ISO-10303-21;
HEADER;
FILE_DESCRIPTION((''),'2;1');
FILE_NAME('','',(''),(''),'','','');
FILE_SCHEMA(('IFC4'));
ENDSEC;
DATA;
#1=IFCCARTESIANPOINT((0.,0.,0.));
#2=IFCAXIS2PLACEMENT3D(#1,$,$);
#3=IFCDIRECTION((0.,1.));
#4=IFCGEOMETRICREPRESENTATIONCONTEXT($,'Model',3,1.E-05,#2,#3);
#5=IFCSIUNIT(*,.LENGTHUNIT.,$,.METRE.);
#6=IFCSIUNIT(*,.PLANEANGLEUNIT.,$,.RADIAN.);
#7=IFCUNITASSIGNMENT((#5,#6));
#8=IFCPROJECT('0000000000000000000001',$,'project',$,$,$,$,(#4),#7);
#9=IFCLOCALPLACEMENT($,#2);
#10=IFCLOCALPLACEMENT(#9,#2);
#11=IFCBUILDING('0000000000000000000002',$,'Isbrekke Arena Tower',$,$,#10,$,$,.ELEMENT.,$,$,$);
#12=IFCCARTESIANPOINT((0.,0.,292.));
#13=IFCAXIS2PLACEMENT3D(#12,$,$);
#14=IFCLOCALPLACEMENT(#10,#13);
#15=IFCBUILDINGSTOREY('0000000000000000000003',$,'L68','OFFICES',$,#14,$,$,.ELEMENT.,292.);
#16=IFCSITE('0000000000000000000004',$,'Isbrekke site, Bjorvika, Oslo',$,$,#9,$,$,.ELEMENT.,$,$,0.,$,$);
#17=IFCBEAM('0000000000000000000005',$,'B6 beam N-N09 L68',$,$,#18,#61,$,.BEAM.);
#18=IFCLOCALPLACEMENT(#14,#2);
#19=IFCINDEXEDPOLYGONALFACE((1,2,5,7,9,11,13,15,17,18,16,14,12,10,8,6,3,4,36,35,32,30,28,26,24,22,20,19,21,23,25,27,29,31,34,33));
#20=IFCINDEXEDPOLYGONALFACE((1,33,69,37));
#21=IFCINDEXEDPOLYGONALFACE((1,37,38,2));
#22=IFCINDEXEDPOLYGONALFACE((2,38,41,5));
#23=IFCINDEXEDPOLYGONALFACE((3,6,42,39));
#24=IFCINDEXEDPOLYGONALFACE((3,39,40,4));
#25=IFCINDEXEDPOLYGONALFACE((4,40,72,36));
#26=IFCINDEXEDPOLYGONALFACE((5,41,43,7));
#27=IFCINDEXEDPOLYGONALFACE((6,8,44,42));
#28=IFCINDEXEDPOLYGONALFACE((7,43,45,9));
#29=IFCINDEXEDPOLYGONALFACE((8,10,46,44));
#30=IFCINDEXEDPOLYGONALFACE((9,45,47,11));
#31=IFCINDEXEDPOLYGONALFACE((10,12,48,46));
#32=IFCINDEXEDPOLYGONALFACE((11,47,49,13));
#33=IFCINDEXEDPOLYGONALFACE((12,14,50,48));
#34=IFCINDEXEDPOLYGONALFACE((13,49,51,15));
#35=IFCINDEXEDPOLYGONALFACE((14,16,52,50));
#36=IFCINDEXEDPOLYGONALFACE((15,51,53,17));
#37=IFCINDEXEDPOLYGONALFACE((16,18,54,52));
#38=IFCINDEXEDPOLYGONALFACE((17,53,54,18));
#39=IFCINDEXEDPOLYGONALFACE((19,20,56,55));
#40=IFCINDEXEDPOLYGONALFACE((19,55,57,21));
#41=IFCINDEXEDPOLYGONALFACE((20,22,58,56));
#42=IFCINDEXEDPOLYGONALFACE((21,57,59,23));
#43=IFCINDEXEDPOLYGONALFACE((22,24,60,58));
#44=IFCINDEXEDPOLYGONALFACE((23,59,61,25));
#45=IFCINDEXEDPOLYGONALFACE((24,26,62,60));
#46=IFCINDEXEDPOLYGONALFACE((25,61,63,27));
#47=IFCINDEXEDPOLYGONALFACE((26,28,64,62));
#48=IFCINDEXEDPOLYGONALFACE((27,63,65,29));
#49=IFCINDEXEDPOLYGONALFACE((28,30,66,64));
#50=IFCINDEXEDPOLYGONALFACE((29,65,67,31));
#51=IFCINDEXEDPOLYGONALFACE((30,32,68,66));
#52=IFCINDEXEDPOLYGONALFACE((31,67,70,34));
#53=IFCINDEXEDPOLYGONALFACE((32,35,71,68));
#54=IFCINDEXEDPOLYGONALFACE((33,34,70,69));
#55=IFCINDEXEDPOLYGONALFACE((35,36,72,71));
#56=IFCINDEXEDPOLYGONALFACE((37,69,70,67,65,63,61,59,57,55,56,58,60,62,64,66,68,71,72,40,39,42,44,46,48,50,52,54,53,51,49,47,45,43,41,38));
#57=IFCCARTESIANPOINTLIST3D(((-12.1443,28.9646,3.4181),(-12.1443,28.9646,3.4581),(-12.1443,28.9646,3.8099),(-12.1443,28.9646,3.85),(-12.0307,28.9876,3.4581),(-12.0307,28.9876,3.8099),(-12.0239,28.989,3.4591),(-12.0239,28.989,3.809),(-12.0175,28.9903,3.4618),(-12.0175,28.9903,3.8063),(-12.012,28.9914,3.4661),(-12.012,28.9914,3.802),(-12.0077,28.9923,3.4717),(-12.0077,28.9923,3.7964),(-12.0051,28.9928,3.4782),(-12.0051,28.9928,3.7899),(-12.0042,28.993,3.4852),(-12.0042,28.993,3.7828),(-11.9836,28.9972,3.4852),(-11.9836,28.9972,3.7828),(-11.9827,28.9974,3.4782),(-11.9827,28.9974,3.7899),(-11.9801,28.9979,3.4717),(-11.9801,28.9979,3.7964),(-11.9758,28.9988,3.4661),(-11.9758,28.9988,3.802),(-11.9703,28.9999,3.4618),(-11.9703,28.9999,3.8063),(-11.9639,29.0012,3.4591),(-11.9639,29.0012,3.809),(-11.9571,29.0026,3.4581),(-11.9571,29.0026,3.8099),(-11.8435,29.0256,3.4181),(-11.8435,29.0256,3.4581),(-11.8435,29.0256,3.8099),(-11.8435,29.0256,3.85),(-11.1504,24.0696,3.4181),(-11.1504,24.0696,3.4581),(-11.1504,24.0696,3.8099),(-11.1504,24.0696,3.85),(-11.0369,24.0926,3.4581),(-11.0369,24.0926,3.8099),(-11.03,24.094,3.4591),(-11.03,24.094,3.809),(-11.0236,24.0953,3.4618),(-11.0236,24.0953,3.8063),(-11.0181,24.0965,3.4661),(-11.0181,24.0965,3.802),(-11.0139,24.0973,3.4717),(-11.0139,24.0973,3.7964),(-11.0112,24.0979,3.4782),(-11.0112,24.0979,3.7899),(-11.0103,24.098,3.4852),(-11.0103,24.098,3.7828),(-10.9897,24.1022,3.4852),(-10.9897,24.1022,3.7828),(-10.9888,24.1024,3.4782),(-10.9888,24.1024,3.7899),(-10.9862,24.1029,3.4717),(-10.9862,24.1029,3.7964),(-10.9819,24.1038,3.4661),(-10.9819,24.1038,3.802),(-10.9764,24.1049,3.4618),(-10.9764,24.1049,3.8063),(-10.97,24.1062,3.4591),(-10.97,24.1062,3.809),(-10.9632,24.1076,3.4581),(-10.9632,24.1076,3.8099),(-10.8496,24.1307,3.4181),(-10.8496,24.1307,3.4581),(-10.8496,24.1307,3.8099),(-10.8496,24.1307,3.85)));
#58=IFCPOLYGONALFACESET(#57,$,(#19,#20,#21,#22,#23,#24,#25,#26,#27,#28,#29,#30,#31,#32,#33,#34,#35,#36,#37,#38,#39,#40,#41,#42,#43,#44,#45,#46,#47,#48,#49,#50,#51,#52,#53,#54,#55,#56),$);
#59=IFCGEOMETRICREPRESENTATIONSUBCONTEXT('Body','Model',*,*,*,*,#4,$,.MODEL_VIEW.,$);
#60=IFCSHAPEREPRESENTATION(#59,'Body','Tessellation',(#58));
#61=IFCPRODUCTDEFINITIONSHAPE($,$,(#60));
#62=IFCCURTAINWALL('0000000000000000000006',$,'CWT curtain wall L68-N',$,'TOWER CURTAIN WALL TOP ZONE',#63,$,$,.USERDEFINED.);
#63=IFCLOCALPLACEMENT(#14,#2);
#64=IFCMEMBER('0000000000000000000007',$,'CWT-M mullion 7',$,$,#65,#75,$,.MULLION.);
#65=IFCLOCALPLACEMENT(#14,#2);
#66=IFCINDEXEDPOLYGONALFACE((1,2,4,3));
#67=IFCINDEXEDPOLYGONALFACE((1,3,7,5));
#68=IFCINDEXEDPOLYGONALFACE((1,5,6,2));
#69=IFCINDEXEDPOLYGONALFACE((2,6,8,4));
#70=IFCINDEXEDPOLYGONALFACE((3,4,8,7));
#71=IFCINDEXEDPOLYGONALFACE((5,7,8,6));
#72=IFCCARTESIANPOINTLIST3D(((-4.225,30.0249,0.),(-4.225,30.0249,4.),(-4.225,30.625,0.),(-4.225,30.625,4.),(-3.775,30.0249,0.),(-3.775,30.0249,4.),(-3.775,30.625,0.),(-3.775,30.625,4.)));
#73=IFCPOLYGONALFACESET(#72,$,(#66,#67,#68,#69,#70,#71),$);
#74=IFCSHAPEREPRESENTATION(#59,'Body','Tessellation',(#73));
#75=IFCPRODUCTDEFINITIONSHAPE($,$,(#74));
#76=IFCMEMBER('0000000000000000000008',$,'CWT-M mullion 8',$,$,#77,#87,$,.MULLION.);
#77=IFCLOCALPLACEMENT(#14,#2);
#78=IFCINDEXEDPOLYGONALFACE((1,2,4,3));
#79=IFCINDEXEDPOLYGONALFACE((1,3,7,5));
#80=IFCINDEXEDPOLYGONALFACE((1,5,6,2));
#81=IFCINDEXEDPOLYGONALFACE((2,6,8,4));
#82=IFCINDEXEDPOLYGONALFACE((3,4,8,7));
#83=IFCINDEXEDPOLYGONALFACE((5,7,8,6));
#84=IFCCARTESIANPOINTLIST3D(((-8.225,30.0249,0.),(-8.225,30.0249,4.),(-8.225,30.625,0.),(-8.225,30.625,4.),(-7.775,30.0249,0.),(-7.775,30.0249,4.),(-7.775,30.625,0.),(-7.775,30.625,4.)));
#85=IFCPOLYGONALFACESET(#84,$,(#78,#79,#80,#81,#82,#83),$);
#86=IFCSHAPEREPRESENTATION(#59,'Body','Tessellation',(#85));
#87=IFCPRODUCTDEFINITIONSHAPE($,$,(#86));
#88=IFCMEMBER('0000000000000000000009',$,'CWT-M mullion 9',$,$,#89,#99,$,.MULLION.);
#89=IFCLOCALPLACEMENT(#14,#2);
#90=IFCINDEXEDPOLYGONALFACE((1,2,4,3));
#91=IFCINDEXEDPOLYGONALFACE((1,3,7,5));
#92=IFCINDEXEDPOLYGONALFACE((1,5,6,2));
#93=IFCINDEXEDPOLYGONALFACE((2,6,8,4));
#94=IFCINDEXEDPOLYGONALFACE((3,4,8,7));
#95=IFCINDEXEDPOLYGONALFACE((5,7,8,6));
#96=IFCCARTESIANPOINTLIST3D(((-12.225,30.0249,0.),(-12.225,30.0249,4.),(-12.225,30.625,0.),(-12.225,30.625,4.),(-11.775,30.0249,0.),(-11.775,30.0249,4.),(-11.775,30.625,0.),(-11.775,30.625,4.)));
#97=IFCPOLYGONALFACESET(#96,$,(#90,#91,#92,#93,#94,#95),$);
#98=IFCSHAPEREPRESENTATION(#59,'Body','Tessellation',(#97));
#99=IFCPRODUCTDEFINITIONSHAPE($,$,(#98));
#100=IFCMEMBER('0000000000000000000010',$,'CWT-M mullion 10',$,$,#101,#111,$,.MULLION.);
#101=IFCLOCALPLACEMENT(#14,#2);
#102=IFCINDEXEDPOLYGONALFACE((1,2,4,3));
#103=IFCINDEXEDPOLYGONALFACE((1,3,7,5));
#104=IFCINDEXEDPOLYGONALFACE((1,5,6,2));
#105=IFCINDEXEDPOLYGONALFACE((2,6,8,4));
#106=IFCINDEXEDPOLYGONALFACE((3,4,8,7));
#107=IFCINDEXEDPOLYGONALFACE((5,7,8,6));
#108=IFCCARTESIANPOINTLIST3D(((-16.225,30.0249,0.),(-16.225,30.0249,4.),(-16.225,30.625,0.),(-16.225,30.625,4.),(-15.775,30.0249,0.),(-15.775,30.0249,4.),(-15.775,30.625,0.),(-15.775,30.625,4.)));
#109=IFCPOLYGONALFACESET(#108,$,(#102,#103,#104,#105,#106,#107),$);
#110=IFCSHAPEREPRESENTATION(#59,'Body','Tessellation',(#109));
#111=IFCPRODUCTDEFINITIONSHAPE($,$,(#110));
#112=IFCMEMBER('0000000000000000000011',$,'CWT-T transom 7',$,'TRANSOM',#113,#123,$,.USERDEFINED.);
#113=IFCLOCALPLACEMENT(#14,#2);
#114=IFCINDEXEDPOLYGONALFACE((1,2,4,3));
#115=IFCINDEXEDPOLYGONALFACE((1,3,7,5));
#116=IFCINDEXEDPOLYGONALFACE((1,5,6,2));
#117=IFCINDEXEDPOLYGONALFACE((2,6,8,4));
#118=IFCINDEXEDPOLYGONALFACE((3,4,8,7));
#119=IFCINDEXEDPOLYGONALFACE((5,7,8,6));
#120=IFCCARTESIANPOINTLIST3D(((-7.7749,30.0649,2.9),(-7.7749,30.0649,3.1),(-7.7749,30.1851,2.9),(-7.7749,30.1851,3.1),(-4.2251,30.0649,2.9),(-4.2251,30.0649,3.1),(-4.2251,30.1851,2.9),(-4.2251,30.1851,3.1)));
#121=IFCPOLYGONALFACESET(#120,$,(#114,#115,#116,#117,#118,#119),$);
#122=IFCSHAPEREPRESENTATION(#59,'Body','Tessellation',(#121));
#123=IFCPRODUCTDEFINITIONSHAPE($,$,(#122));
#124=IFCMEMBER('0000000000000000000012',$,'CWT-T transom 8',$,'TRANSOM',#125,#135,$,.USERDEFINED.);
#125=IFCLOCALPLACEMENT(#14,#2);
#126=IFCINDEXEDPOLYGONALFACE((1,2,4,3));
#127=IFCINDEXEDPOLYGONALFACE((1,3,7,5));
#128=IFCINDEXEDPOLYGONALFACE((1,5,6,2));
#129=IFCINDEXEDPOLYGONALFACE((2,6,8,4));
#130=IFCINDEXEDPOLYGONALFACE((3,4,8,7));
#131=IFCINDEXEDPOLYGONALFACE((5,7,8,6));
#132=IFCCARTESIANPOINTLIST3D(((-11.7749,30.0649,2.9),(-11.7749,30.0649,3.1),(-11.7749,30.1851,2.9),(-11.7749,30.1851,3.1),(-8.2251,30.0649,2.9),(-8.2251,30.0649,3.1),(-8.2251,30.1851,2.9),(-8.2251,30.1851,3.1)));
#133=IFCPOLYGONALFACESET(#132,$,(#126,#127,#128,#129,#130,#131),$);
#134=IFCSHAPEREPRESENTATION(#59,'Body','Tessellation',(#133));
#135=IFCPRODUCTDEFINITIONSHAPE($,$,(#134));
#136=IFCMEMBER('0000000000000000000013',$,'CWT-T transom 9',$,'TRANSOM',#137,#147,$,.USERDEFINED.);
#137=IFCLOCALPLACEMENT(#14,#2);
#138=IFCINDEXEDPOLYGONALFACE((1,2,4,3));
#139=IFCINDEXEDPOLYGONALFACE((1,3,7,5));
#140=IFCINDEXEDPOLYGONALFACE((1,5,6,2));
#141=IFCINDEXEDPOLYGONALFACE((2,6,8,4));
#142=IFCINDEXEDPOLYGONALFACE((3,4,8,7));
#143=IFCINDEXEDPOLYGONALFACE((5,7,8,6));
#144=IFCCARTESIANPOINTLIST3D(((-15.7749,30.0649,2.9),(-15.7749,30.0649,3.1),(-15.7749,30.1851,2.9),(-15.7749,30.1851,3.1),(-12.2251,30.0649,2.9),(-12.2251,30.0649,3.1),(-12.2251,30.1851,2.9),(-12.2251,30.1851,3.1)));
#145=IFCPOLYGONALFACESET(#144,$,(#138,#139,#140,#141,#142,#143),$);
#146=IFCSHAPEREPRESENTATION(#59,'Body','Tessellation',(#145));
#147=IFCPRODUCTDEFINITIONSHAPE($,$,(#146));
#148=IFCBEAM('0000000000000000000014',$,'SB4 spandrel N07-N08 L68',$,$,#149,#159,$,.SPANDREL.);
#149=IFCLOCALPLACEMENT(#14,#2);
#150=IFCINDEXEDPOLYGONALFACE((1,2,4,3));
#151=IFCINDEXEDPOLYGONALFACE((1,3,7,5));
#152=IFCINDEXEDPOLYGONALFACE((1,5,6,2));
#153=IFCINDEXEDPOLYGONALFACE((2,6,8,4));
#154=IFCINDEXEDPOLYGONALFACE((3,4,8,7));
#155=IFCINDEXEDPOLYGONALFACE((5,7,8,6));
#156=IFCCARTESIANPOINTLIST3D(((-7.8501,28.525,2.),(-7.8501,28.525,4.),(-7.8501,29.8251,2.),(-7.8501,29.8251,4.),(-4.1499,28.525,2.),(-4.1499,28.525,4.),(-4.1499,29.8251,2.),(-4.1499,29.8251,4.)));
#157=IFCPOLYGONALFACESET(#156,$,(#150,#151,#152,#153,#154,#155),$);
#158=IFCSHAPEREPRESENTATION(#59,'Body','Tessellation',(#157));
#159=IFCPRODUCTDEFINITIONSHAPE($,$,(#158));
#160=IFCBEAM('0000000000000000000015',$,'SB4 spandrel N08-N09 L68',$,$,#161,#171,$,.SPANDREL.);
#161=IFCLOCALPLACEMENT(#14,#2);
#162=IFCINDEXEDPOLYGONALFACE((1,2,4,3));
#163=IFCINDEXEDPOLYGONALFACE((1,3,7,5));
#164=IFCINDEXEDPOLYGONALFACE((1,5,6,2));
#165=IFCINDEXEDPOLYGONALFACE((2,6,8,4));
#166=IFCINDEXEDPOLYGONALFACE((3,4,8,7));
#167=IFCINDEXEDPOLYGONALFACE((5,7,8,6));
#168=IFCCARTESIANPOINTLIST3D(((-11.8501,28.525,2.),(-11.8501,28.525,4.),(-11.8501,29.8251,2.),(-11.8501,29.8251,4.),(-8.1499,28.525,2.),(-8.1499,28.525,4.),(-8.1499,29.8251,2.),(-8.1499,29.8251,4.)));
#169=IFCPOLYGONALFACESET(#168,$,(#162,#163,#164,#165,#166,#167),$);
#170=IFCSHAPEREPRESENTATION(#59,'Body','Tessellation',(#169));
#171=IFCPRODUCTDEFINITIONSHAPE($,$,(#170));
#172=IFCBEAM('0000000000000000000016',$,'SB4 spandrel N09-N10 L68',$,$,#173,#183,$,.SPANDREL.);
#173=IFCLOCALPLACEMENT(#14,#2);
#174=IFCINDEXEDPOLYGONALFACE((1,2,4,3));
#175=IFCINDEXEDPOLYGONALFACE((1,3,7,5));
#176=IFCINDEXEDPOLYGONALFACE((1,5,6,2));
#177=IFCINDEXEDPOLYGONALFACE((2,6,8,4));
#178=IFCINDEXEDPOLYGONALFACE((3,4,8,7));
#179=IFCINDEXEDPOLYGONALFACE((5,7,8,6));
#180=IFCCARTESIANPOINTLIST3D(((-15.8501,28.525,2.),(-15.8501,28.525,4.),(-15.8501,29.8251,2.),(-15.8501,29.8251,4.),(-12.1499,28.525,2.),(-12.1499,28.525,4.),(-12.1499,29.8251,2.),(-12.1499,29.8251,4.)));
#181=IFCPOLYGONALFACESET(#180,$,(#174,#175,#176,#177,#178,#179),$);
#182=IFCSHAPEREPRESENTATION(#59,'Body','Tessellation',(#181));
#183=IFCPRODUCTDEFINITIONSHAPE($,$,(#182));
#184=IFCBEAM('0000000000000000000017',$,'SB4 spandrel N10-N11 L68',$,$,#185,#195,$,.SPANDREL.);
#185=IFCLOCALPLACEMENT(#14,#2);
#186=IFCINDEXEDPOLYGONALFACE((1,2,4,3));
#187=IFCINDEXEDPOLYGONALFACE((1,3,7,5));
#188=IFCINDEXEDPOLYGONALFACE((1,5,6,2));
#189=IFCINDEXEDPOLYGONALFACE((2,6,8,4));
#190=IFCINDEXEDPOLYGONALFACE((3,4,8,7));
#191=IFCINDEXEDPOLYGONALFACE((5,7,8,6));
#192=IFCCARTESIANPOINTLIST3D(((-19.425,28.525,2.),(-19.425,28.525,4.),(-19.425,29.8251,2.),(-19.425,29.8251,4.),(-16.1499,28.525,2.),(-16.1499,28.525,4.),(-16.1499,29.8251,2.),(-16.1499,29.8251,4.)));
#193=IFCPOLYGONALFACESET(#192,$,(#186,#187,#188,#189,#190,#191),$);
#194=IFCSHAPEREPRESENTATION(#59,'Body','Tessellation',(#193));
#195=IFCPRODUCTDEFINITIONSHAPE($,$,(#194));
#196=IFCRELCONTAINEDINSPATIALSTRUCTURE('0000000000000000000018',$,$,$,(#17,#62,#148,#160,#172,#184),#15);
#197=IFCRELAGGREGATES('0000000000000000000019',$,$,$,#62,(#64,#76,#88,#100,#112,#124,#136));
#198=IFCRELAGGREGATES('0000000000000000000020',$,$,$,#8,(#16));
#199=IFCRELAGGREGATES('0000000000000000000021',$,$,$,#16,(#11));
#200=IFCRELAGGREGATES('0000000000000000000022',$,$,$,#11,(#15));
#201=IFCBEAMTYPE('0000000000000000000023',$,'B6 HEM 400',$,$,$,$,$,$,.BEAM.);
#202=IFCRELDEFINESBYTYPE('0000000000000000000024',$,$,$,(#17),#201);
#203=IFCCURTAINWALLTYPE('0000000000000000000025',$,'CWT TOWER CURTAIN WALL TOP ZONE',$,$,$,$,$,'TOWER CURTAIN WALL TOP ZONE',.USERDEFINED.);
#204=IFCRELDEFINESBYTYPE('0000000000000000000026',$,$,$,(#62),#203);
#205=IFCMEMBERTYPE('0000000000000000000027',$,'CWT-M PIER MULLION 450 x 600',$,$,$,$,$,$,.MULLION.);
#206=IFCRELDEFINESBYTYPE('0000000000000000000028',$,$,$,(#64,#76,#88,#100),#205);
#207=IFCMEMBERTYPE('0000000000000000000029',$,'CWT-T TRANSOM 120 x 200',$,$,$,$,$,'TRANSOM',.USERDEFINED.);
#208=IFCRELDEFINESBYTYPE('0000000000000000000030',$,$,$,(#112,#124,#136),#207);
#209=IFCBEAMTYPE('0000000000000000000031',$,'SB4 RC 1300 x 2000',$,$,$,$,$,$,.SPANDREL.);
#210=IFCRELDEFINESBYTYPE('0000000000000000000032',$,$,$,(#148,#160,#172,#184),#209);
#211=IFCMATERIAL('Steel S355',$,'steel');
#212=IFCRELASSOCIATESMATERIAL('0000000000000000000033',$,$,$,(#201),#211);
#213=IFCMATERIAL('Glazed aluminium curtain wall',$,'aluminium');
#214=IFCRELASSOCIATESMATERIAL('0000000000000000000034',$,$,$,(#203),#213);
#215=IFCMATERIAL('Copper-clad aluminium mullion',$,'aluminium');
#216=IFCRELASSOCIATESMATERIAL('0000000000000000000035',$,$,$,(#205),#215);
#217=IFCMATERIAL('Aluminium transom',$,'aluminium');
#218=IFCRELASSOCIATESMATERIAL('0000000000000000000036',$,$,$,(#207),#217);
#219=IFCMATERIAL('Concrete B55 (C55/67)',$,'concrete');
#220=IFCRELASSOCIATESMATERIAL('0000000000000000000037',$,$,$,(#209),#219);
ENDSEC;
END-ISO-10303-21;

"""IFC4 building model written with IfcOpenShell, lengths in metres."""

from ifc_helpers import new_model, si_unit, direction, frame, origin, origin_2d, place, context, subcontext, project, spatial, rectangle, i_section, extrude, material, material_profile, profile_set, type_object, element, aggregate, save


model = new_model("IFC4")

# Units and contexts
model_context = context("Model", 3, precision=1e-05, world=origin(), true_north=direction((0.0, 1.0)))
body_context = subcontext(model_context, "Body", "Model", "MODEL_VIEW")
ifc_project = project(units=[si_unit("LENGTHUNIT", "METRE"), si_unit("PLANEANGLEUNIT", "RADIAN")], contexts=[model_context])

# Site, building, storey
site_placement = place(None, origin())
site = spatial("IfcSite", under=ifc_project, at=site_placement, Name="Isbrekke site, Bjorvika, Oslo", CompositionType="ELEMENT", RefElevation=0.0)
building_placement = place(site_placement, origin())
building = spatial("IfcBuilding", under=site, at=building_placement, Name="Isbrekke Arena Tower", CompositionType="ELEMENT")
storey_placement = place(building_placement, frame((0.0, 0.0, 292.0)))
storey = spatial("IfcBuildingStorey", under=building, at=storey_placement, Name="L68", Description="OFFICES", CompositionType="ELEMENT", Elevation=292.0)

# Beam
ifc_material_1 = material(Name="Steel S355", Category="steel")
ifc_material_profile_1 = material_profile(ifc_material_1, i_section(OverallWidth=0.3069, OverallDepth=0.4319, WebThickness=0.021, FlangeThickness=0.04, FilletRadius=0.0271, at=origin_2d()), Name="HEM 400")
ifc_profile_set_1 = profile_set([ifc_material_profile_1], Name="Steel S355")
beam_type_1 = type_object("IfcBeamType", Name="B6 HEM 400", PredefinedType="BEAM", material=ifc_profile_set_1)
beam_1_placement = place(storey_placement, frame((-11.9939, 28.9951, 3.634), z_axis=(0.198982, -0.980003, 0.0), x_axis=(0.980003, 0.198982, 0.0)))
element("IfcBeam", 1, at=beam_1_placement, inside=storey, type_object=beam_type_1, Name="B6 beam N-N09 L68", PredefinedType="BEAM", context=body_context, shape_type="SweptSolid", body=[
    extrude(i_section(OverallWidth=0.3069, OverallDepth=0.4319, WebThickness=0.021, FlangeThickness=0.04, FilletRadius=0.0271, at=origin_2d()), origin(), (0.0, 0.0, 1.0), 4.9949),
])

# Curtain wall, members
ifc_material_2 = material(Name="Glazed aluminium curtain wall", Category="aluminium")
curtain_wall_type = type_object("IfcCurtainWallType", Name="CWT TOWER CURTAIN WALL TOP ZONE", ElementType="TOWER CURTAIN WALL TOP ZONE", PredefinedType="USERDEFINED", material=ifc_material_2)
curtain_wall_placement = place(storey_placement, origin())
curtain_wall = element("IfcCurtainWall", 2, at=curtain_wall_placement, inside=storey, type_object=curtain_wall_type, Name="CWT curtain wall L68-N", ObjectType="TOWER CURTAIN WALL TOP ZONE", PredefinedType="USERDEFINED")
ifc_material_3 = material(Name="Copper-clad aluminium mullion", Category="aluminium")
ifc_material_profile_2 = material_profile(ifc_material_3, rectangle(XDim=0.45, YDim=0.6001, at=origin_2d()), Name="PIER 450X600")
ifc_profile_set_2 = profile_set([ifc_material_profile_2], Name="Copper-clad aluminium mullion")
member_type_1 = type_object("IfcMemberType", Name="CWT-M PIER MULLION 450 x 600", PredefinedType="MULLION", material=ifc_profile_set_2)
member_1_placement = place(storey_placement, frame((-4.0, 30.325, 0.0), z_axis=(0.0, 0.0, 1.0), x_axis=(-1.0, 0.0, 0.0)))
member_1 = element("IfcMember", 3, at=member_1_placement, type_object=member_type_1, Name="CWT-M mullion 7", PredefinedType="MULLION", context=body_context, shape_type="SweptSolid", body=[
    extrude(rectangle(XDim=0.45, YDim=0.6001, at=origin_2d()), origin(), (0.0, 0.0, 1.0), 4.0),
])
member_2_placement = place(storey_placement, frame((-8.0, 30.325, 0.0), z_axis=(0.0, 0.0, 1.0), x_axis=(-1.0, 0.0, 0.0)))
member_2 = element("IfcMember", 4, at=member_2_placement, type_object=member_type_1, Name="CWT-M mullion 8", PredefinedType="MULLION", context=body_context, shape_type="SweptSolid", body=[
    extrude(rectangle(XDim=0.45, YDim=0.6001, at=origin_2d()), origin(), (0.0, 0.0, 1.0), 4.0),
])
member_3_placement = place(storey_placement, frame((-12.0, 30.325, 0.0), z_axis=(0.0, 0.0, 1.0), x_axis=(-1.0, 0.0, 0.0)))
member_3 = element("IfcMember", 5, at=member_3_placement, type_object=member_type_1, Name="CWT-M mullion 9", PredefinedType="MULLION", context=body_context, shape_type="SweptSolid", body=[
    extrude(rectangle(XDim=0.45, YDim=0.6001, at=origin_2d()), origin(), (0.0, 0.0, 1.0), 4.0),
])
member_4_placement = place(storey_placement, frame((-16.0, 30.325, 0.0), z_axis=(0.0, 0.0, 1.0), x_axis=(-1.0, 0.0, 0.0)))
member_4 = element("IfcMember", 6, at=member_4_placement, type_object=member_type_1, Name="CWT-M mullion 10", PredefinedType="MULLION", context=body_context, shape_type="SweptSolid", body=[
    extrude(rectangle(XDim=0.45, YDim=0.6001, at=origin_2d()), origin(), (0.0, 0.0, 1.0), 4.0),
])
ifc_material_4 = material(Name="Aluminium transom", Category="aluminium")
ifc_material_profile_3 = material_profile(ifc_material_4, rectangle(XDim=0.1201, YDim=0.2, at=origin_2d()), Name="TRANSOM 120X200")
ifc_profile_set_3 = profile_set([ifc_material_profile_3], Name="Aluminium transom")
member_type_2 = type_object("IfcMemberType", Name="CWT-T TRANSOM 120 x 200", ElementType="TRANSOM", PredefinedType="USERDEFINED", material=ifc_profile_set_3)
member_5_placement = place(storey_placement, frame((-4.2251, 30.125, 3.0), z_axis=(-1.0, 0.0, 0.0), x_axis=(0.0, -1.0, 0.0)))
member_5 = element("IfcMember", 7, at=member_5_placement, type_object=member_type_2, Name="CWT-T transom 7", ObjectType="TRANSOM", PredefinedType="USERDEFINED", context=body_context, shape_type="SweptSolid", body=[
    extrude(rectangle(XDim=0.1201, YDim=0.2, at=origin_2d()), origin(), (0.0, 0.0, 1.0), 3.5498),
])
member_6_placement = place(storey_placement, frame((-8.2251, 30.125, 3.0), z_axis=(-1.0, 0.0, 0.0), x_axis=(0.0, -1.0, 0.0)))
member_6 = element("IfcMember", 8, at=member_6_placement, type_object=member_type_2, Name="CWT-T transom 8", ObjectType="TRANSOM", PredefinedType="USERDEFINED", context=body_context, shape_type="SweptSolid", body=[
    extrude(rectangle(XDim=0.1201, YDim=0.2, at=origin_2d()), origin(), (0.0, 0.0, 1.0), 3.5498),
])
member_7_placement = place(storey_placement, frame((-12.2251, 30.125, 3.0), z_axis=(-1.0, 0.0, 0.0), x_axis=(0.0, -1.0, 0.0)))
member_7 = element("IfcMember", 9, at=member_7_placement, type_object=member_type_2, Name="CWT-T transom 9", ObjectType="TRANSOM", PredefinedType="USERDEFINED", context=body_context, shape_type="SweptSolid", body=[
    extrude(rectangle(XDim=0.1201, YDim=0.2, at=origin_2d()), origin(), (0.0, 0.0, 1.0), 3.5498),
])

# Beams
ifc_material_5 = material(Name="Concrete B55 (C55/67)", Category="concrete")
ifc_material_profile_4 = material_profile(ifc_material_5, rectangle(XDim=1.3, YDim=2.0, at=origin_2d()), Name="RC 1300x2000")
ifc_profile_set_4 = profile_set([ifc_material_profile_4], Name="Concrete B55 (C55/67)")
beam_type_2 = type_object("IfcBeamType", Name="SB4 RC 1300 x 2000", PredefinedType="SPANDREL", material=ifc_profile_set_4)
for number, where, z_axis, x_axis, name in (
    (10, (-4.1499, 29.175, 3.0), (-1.0, 0.0, 0.0), (0.0, -1.0, 0.0), "SB4 spandrel N07-N08 L68"),
    (11, (-8.1499, 29.175, 3.0), (-1.0, 0.0, 0.0), (0.0, -1.0, 0.0), "SB4 spandrel N08-N09 L68"),
    (12, (-12.1499, 29.175, 3.0), (-1.0, 0.0, 0.0), (0.0, -1.0, 0.0), "SB4 spandrel N09-N10 L68"),
):
    element("IfcBeam", number, at=place(storey_placement, frame(where, z_axis=z_axis, x_axis=x_axis)), inside=storey, type_object=beam_type_2, Name=name, PredefinedType="SPANDREL", context=body_context, shape_type="SweptSolid", body=[
        extrude(rectangle(XDim=1.3, YDim=2.0, at=origin_2d()), origin(), (0.0, 0.0, 1.0), 3.7002),
    ])
beam_2_placement = place(storey_placement, frame((-16.1499, 29.175, 3.0), z_axis=(-1.0, 0.0, 0.0), x_axis=(0.0, -1.0, 0.0)))
element("IfcBeam", 13, at=beam_2_placement, inside=storey, type_object=beam_type_2, Name="SB4 spandrel N10-N11 L68", PredefinedType="SPANDREL", context=body_context, shape_type="SweptSolid", body=[
    extrude(rectangle(XDim=1.3, YDim=2.0, at=origin_2d()), origin(), (0.0, 0.0, 1.0), 3.2751),
])

aggregate(curtain_wall, [member_1, member_2, member_3, member_4, member_5, member_6, member_7])

save(model, "model.ifc")
